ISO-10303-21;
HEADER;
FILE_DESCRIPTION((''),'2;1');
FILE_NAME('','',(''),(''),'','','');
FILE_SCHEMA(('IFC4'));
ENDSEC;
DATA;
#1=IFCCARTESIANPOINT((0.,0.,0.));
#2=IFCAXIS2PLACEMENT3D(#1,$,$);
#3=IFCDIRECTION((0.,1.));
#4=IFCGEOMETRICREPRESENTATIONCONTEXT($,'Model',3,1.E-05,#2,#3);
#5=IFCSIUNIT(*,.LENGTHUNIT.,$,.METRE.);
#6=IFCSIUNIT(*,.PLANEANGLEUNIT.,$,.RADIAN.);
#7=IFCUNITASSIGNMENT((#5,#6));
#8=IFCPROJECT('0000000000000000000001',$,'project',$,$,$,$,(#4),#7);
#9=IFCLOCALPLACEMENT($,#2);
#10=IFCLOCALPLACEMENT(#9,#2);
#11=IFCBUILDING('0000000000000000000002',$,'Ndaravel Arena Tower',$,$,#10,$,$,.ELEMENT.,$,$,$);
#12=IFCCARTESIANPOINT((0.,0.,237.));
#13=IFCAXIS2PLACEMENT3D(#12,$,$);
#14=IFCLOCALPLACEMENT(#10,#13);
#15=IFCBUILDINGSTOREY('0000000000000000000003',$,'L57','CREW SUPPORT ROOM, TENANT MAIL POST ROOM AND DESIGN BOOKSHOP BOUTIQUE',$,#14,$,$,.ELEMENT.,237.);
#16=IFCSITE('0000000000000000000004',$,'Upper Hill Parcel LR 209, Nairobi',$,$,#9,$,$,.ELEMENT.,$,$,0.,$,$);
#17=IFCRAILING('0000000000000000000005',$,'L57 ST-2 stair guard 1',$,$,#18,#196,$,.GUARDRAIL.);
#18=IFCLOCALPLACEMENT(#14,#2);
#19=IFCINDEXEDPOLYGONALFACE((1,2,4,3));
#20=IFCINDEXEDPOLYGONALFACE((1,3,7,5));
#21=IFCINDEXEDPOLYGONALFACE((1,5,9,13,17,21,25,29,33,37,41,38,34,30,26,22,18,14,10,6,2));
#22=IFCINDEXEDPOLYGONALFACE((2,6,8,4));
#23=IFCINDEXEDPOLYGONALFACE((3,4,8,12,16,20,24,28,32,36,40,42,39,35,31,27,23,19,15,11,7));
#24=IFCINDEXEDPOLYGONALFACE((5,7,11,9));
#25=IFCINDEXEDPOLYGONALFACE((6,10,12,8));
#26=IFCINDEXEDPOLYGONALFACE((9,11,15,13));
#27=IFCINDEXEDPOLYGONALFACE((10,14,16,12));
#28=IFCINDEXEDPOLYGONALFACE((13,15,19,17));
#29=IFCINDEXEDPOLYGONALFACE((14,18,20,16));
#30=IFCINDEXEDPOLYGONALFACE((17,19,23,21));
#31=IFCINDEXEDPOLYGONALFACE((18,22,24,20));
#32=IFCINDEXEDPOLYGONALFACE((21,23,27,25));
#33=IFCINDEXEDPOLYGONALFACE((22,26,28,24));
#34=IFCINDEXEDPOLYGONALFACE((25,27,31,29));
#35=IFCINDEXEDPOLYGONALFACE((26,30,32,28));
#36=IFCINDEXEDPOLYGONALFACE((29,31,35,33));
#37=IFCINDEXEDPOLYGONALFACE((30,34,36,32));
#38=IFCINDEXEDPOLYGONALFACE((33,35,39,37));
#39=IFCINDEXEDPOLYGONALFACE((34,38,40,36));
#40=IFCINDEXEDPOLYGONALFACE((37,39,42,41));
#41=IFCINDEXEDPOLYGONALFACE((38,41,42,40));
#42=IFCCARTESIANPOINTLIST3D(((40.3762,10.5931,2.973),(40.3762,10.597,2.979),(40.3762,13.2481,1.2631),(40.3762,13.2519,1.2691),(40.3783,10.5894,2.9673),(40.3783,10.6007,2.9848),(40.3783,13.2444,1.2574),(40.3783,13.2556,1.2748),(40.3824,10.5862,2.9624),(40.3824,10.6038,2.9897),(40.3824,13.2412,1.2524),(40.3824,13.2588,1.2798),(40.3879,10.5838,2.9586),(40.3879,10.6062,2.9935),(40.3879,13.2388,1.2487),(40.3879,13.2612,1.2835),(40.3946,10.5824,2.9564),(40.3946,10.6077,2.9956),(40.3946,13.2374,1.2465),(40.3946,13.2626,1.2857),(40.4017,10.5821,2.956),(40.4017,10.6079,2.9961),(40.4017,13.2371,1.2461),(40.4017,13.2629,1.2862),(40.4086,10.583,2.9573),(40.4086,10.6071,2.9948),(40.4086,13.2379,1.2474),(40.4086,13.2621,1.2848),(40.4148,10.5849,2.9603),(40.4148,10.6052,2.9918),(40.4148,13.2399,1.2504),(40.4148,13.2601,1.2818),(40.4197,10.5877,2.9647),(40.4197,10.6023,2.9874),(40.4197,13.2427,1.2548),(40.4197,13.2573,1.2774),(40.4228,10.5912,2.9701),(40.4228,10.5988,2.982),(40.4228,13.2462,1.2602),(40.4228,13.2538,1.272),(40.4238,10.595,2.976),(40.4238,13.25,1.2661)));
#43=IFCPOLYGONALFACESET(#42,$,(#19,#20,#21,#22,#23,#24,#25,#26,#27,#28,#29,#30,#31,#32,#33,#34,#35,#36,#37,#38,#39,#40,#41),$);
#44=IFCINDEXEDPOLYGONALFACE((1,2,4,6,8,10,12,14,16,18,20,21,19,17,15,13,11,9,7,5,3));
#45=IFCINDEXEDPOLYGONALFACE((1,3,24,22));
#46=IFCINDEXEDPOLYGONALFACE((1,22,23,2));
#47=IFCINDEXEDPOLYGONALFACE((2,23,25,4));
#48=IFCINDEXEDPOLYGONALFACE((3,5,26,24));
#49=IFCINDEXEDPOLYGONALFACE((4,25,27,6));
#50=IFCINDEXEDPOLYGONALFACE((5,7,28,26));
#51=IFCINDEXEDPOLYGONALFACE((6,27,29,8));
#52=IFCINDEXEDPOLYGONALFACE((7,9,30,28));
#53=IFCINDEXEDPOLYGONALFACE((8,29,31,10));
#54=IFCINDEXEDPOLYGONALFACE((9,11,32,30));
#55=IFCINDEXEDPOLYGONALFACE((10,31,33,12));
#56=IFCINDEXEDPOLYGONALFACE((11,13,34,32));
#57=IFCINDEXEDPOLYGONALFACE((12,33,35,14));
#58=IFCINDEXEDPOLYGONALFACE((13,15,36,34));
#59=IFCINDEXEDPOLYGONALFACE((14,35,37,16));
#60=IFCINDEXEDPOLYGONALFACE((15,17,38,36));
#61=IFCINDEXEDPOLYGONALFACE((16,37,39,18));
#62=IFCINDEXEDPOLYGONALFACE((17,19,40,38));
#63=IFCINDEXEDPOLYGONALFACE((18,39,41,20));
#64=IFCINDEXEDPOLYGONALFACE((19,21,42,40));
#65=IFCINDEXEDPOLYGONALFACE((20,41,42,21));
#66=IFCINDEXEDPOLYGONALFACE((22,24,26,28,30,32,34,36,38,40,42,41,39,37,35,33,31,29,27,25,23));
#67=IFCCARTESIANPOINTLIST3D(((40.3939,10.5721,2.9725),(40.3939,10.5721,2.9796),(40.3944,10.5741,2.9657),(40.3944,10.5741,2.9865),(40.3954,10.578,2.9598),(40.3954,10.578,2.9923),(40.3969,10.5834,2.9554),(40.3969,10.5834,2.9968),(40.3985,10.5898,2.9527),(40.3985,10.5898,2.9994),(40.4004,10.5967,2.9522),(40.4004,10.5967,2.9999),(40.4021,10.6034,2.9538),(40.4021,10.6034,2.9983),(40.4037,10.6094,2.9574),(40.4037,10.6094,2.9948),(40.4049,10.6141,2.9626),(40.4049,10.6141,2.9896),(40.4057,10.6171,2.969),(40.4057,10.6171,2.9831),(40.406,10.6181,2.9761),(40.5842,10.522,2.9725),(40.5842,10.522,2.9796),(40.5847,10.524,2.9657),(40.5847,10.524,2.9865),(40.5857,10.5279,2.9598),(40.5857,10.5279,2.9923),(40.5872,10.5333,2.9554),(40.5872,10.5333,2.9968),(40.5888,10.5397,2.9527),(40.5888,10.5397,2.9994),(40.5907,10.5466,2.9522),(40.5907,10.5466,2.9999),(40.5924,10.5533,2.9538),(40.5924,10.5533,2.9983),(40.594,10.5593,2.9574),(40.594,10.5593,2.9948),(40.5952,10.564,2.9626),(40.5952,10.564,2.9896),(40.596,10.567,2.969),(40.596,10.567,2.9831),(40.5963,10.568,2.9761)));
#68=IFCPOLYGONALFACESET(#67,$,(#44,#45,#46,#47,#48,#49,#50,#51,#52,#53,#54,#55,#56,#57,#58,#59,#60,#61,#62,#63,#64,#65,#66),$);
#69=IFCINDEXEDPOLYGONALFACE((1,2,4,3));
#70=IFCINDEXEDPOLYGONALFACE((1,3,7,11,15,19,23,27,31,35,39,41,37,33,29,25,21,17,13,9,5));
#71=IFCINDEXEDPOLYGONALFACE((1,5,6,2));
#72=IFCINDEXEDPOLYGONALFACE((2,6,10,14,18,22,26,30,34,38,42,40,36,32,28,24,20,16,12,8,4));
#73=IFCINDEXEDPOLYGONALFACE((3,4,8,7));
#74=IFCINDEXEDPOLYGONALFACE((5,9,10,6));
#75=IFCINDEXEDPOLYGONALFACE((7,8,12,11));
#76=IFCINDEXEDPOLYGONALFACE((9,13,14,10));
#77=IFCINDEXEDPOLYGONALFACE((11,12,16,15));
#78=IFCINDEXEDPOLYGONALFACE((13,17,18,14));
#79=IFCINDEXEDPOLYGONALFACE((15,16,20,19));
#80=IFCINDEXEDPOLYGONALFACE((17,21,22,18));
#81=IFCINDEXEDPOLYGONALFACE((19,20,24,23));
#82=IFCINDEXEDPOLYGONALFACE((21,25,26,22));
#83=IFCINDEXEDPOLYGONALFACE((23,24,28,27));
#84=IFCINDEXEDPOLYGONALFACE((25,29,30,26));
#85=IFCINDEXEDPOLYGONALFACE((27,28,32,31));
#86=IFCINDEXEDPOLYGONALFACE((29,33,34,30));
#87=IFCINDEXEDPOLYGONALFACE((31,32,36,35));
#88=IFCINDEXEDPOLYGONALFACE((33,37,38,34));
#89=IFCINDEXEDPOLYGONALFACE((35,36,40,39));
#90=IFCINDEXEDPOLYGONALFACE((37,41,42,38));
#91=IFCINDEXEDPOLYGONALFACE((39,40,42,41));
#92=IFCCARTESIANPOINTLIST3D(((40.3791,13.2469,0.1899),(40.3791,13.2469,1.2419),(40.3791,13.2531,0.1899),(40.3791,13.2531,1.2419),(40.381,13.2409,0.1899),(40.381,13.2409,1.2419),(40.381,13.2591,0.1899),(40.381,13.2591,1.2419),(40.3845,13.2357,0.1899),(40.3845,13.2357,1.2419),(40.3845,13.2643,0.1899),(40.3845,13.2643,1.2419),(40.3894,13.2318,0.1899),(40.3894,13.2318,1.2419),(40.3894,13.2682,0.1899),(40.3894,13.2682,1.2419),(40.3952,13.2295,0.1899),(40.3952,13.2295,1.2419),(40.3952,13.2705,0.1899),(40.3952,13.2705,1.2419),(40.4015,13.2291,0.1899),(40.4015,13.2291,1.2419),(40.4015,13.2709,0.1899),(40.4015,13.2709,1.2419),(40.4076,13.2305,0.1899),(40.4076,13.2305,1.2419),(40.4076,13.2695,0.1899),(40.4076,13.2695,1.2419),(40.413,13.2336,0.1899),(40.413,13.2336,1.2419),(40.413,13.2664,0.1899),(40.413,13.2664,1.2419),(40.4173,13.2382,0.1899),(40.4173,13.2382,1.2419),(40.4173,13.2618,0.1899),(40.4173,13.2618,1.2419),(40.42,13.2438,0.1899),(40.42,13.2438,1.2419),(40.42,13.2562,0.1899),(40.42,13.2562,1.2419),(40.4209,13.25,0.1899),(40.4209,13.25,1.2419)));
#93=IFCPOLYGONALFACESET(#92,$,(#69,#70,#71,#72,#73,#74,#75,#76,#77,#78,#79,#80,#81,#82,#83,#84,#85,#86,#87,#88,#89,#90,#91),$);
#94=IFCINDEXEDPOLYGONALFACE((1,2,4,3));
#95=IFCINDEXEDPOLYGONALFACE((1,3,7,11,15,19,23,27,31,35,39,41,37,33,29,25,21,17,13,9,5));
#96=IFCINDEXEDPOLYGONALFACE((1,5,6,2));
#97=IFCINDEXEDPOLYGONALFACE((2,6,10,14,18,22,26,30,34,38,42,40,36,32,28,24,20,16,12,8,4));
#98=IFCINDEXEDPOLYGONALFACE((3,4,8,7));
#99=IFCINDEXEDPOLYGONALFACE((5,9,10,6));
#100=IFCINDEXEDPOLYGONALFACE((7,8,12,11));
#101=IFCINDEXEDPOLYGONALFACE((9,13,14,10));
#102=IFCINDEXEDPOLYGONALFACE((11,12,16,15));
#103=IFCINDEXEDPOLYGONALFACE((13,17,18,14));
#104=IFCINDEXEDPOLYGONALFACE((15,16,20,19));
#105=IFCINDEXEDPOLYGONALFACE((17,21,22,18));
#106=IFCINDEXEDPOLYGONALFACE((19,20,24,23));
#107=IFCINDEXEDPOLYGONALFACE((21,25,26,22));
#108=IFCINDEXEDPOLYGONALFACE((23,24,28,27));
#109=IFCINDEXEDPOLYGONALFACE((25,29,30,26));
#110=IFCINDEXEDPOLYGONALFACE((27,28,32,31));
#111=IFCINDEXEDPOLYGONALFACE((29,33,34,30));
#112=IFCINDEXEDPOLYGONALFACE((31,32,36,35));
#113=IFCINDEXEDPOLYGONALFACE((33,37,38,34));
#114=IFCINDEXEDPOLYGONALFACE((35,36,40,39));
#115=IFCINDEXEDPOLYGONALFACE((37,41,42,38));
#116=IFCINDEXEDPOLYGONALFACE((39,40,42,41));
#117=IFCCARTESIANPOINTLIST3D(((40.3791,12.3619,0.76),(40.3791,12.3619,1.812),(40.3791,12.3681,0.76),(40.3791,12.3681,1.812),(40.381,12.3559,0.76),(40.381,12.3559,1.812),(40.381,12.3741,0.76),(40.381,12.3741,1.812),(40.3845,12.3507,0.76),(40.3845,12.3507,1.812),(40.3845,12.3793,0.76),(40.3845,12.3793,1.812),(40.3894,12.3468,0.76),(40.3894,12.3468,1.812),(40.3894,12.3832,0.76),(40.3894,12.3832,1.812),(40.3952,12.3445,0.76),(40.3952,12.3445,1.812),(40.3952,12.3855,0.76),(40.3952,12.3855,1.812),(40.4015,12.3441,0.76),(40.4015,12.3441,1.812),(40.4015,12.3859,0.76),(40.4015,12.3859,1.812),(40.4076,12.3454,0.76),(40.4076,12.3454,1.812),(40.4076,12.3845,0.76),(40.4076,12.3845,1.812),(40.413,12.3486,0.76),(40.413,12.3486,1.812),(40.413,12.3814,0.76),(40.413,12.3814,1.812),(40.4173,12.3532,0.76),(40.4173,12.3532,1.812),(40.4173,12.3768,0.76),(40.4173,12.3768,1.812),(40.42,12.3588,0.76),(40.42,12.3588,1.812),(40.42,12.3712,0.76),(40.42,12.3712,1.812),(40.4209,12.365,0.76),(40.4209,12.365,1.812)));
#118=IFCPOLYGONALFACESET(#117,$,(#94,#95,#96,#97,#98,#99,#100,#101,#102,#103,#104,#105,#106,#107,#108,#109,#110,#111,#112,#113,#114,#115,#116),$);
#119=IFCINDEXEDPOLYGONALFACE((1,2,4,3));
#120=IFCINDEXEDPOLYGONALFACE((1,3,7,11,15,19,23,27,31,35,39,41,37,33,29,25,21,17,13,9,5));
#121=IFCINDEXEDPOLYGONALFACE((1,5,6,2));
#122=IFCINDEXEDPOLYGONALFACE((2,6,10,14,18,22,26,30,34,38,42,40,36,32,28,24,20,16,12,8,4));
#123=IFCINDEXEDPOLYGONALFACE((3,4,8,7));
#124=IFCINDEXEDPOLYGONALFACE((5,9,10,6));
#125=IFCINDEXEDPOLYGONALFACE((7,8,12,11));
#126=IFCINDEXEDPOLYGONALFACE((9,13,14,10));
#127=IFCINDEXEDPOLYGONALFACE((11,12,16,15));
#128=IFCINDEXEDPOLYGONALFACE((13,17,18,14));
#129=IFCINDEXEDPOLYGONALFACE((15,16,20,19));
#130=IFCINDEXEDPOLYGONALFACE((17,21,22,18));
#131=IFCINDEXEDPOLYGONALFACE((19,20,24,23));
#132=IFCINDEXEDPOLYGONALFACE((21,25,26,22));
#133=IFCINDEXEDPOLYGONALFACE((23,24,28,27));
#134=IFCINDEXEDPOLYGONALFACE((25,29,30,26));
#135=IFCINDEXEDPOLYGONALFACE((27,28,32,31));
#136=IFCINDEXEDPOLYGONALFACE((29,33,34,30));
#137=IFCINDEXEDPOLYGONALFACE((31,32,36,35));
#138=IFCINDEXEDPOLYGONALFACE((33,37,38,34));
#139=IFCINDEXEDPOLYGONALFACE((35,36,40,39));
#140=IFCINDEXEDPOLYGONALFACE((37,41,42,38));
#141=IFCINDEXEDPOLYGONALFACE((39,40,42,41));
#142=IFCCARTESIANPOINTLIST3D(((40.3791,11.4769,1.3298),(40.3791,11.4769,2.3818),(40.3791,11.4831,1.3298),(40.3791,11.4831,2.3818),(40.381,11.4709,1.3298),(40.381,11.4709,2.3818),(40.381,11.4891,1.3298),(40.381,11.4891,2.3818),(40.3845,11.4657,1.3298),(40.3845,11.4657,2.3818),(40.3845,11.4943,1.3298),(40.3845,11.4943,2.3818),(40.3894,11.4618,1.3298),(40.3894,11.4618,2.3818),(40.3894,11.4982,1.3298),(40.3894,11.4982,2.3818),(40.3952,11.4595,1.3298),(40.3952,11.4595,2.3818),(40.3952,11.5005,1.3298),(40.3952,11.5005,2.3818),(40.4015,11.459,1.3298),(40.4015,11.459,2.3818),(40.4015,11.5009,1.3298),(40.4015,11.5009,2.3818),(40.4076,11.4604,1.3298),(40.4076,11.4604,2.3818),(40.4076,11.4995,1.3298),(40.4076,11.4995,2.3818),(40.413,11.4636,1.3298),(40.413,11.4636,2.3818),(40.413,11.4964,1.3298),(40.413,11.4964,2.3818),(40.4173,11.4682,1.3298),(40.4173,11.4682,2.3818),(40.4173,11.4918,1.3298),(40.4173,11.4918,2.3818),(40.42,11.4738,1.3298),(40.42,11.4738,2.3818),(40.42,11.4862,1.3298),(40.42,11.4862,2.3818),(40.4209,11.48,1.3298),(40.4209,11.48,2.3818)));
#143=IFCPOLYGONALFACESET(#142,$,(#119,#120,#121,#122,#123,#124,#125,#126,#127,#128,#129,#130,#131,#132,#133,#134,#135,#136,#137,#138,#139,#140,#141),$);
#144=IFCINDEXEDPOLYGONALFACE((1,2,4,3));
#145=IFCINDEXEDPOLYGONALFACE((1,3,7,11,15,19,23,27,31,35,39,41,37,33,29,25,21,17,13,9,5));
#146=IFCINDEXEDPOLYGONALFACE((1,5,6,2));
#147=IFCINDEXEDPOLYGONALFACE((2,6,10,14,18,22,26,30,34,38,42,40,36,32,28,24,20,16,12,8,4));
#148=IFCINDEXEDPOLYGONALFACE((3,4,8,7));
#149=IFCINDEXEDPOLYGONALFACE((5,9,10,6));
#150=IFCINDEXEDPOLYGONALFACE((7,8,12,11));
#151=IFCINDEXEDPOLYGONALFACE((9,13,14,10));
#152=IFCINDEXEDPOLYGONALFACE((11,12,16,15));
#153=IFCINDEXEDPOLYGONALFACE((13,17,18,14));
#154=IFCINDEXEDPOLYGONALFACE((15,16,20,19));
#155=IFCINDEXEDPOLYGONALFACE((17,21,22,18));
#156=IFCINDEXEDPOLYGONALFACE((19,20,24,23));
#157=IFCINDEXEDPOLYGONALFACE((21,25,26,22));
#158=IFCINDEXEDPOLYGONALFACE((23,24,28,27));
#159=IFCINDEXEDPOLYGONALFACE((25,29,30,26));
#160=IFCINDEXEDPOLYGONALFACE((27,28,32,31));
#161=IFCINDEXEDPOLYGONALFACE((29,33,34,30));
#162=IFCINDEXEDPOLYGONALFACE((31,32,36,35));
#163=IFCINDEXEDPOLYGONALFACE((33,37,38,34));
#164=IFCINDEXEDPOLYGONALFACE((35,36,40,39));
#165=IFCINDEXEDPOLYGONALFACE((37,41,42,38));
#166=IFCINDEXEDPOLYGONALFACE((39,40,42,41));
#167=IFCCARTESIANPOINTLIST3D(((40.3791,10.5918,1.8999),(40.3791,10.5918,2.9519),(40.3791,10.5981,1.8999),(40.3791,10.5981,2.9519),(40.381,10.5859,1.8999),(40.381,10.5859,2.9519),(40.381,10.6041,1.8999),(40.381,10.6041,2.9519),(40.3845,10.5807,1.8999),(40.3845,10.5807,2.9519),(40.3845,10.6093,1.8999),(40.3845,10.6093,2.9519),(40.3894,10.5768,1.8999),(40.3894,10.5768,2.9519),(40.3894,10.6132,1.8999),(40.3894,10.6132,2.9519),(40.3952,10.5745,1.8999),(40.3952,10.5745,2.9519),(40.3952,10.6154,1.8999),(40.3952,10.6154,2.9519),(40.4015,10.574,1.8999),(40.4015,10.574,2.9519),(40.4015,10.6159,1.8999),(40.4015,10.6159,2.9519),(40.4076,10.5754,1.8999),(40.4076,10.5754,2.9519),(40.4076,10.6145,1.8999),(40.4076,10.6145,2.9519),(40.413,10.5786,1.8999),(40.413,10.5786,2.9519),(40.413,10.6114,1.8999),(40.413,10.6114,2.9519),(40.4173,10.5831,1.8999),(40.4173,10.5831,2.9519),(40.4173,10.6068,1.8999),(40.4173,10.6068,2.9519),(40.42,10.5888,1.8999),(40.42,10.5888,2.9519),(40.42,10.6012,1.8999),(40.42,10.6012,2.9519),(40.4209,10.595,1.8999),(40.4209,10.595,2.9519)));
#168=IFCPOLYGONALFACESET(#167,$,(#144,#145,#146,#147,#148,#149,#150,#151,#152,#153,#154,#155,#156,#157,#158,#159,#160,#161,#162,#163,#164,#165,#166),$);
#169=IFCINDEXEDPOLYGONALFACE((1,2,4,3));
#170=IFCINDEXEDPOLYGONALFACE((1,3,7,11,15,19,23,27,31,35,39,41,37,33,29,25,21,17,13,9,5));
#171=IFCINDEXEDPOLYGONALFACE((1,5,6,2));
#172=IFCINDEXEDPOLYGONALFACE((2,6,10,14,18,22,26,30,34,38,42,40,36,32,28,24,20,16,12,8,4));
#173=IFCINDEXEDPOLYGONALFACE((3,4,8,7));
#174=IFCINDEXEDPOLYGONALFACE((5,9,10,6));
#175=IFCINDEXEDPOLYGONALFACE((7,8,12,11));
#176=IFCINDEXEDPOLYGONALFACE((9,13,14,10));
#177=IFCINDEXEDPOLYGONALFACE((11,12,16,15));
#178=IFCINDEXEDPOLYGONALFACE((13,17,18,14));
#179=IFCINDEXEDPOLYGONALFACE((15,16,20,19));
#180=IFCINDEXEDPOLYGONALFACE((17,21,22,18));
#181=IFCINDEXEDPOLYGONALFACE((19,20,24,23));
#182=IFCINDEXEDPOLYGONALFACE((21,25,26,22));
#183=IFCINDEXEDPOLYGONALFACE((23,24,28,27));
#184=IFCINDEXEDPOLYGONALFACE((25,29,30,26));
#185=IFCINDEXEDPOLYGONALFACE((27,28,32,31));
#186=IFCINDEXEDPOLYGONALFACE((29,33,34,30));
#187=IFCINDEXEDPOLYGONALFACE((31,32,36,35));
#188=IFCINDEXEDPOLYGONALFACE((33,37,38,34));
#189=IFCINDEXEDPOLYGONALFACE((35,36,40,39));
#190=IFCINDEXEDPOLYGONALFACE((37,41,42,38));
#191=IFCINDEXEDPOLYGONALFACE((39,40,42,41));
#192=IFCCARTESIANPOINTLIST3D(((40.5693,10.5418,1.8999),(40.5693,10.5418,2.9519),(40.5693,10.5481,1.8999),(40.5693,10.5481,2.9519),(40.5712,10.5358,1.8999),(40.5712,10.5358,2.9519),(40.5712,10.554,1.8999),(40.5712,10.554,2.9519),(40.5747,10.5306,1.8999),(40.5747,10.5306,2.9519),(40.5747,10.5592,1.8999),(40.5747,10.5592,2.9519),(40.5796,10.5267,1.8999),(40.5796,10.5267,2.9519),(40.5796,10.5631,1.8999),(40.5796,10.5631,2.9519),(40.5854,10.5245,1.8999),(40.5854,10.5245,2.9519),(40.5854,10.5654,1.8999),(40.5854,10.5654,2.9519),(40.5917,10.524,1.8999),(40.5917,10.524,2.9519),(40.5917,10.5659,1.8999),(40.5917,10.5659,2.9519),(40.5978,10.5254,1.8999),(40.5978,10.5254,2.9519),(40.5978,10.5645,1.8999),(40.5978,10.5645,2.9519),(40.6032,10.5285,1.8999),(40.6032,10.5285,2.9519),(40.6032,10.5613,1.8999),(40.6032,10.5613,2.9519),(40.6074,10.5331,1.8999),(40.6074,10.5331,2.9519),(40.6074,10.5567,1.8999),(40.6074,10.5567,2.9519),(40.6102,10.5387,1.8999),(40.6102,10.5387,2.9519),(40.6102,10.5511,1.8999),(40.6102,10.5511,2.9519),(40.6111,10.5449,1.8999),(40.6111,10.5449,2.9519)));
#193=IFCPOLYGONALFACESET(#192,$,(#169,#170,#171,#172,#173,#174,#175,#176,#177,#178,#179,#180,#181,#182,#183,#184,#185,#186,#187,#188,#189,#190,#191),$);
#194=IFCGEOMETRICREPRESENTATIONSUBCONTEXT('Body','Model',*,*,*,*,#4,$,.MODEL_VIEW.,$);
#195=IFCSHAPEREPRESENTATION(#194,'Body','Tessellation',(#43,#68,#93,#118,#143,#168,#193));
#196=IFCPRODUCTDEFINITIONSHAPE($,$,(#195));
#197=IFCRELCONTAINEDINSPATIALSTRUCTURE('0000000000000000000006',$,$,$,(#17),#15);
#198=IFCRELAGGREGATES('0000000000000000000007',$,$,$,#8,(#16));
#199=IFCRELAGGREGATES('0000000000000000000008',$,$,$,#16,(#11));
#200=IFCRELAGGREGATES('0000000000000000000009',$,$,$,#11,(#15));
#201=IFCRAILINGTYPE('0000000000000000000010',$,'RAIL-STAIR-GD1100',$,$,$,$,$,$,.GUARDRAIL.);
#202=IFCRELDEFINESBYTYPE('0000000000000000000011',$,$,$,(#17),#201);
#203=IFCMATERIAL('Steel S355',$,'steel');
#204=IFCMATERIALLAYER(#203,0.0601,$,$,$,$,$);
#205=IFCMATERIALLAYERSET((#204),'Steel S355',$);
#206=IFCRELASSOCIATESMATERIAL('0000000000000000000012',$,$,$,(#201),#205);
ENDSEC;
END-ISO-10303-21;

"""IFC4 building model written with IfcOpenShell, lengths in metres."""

from ifc_helpers import new_model, si_unit, direction, frame, origin, origin_2d, place, context, subcontext, project, spatial, circle, extrude, material, layer, layer_set, type_object, element, save


model = new_model("IFC4")

# Units and contexts
model_context = context("Model", 3, precision=1e-05, world=origin(), true_north=direction((0.0, 1.0)))
body_context = subcontext(model_context, "Body", "Model", "MODEL_VIEW")
ifc_project = project(units=[si_unit("LENGTHUNIT", "METRE"), si_unit("PLANEANGLEUNIT", "RADIAN")], contexts=[model_context])

# Site, building, storey
site_placement = place(None, origin())
site = spatial("IfcSite", under=ifc_project, at=site_placement, Name="Upper Hill Parcel LR 209, Nairobi", CompositionType="ELEMENT", RefElevation=0.0)
building_placement = place(site_placement, origin())
building = spatial("IfcBuilding", under=site, at=building_placement, Name="Ndaravel Arena Tower", CompositionType="ELEMENT")
storey_placement = place(building_placement, frame((0.0, 0.0, 237.0)))
storey = spatial("IfcBuildingStorey", under=building, at=storey_placement, Name="L57", Description="CREW SUPPORT ROOM, TENANT MAIL POST ROOM AND DESIGN BOOKSHOP BOUTIQUE", CompositionType="ELEMENT", Elevation=237.0)

# Railing
ifc_material_1 = material(Name="Steel S355", Category="steel")
ifc_layer_1 = layer(ifc_material_1, 0.0601)
ifc_layer_set_1 = layer_set([ifc_layer_1], Name="Steel S355")
railing_type_1 = type_object("IfcRailingType", Name="RAIL-STAIR-GD1100", PredefinedType="GUARDRAIL", material=ifc_layer_set_1)
railing_1_placement = place(storey_placement, frame((40.3999, 13.25, 0.1899)))
element("IfcRailing", 1, at=railing_1_placement, inside=storey, type_object=railing_type_1, Name="L57 ST-2 stair guard 1", PredefinedType="GUARDRAIL", context=body_context, shape_type="SweptSolid", body=[
    extrude(circle(Radius=0.0239, at=origin_2d()), frame((0.0, 0.0, 1.0762), z_axis=(0.0, -0.840724, 0.541465), x_axis=(1.0, 0.0, 0.0)), (0.0, 0.0, 1.0), 3.158),
    extrude(circle(Radius=0.0239, at=origin_2d()), frame((0.0, -2.655, 2.7861), z_axis=(0.967075, -0.254493, 0.0), x_axis=(0.254493, 0.967075, 0.0)), (0.0, 0.0, 1.0), 0.1968),
    extrude(circle(Radius=0.021, at=origin_2d()), origin(), (0.0, 0.0, 1.0), 1.052),
    extrude(circle(Radius=0.021, at=origin_2d()), frame((0.0, -0.885, 0.5701)), (0.0, 0.0, 1.0), 1.052),
    extrude(circle(Radius=0.021, at=origin_2d()), frame((0.0, -1.77, 1.1399)), (0.0, 0.0, 1.0), 1.052),
    extrude(circle(Radius=0.021, at=origin_2d()), frame((0.0, -2.655, 1.71)), (0.0, 0.0, 1.0), 1.052),
    extrude(circle(Radius=0.021, at=origin_2d()), frame((0.1902, -2.7051, 1.71)), (0.0, 0.0, 1.0), 1.052),
])

save(model, "model.ifc")
